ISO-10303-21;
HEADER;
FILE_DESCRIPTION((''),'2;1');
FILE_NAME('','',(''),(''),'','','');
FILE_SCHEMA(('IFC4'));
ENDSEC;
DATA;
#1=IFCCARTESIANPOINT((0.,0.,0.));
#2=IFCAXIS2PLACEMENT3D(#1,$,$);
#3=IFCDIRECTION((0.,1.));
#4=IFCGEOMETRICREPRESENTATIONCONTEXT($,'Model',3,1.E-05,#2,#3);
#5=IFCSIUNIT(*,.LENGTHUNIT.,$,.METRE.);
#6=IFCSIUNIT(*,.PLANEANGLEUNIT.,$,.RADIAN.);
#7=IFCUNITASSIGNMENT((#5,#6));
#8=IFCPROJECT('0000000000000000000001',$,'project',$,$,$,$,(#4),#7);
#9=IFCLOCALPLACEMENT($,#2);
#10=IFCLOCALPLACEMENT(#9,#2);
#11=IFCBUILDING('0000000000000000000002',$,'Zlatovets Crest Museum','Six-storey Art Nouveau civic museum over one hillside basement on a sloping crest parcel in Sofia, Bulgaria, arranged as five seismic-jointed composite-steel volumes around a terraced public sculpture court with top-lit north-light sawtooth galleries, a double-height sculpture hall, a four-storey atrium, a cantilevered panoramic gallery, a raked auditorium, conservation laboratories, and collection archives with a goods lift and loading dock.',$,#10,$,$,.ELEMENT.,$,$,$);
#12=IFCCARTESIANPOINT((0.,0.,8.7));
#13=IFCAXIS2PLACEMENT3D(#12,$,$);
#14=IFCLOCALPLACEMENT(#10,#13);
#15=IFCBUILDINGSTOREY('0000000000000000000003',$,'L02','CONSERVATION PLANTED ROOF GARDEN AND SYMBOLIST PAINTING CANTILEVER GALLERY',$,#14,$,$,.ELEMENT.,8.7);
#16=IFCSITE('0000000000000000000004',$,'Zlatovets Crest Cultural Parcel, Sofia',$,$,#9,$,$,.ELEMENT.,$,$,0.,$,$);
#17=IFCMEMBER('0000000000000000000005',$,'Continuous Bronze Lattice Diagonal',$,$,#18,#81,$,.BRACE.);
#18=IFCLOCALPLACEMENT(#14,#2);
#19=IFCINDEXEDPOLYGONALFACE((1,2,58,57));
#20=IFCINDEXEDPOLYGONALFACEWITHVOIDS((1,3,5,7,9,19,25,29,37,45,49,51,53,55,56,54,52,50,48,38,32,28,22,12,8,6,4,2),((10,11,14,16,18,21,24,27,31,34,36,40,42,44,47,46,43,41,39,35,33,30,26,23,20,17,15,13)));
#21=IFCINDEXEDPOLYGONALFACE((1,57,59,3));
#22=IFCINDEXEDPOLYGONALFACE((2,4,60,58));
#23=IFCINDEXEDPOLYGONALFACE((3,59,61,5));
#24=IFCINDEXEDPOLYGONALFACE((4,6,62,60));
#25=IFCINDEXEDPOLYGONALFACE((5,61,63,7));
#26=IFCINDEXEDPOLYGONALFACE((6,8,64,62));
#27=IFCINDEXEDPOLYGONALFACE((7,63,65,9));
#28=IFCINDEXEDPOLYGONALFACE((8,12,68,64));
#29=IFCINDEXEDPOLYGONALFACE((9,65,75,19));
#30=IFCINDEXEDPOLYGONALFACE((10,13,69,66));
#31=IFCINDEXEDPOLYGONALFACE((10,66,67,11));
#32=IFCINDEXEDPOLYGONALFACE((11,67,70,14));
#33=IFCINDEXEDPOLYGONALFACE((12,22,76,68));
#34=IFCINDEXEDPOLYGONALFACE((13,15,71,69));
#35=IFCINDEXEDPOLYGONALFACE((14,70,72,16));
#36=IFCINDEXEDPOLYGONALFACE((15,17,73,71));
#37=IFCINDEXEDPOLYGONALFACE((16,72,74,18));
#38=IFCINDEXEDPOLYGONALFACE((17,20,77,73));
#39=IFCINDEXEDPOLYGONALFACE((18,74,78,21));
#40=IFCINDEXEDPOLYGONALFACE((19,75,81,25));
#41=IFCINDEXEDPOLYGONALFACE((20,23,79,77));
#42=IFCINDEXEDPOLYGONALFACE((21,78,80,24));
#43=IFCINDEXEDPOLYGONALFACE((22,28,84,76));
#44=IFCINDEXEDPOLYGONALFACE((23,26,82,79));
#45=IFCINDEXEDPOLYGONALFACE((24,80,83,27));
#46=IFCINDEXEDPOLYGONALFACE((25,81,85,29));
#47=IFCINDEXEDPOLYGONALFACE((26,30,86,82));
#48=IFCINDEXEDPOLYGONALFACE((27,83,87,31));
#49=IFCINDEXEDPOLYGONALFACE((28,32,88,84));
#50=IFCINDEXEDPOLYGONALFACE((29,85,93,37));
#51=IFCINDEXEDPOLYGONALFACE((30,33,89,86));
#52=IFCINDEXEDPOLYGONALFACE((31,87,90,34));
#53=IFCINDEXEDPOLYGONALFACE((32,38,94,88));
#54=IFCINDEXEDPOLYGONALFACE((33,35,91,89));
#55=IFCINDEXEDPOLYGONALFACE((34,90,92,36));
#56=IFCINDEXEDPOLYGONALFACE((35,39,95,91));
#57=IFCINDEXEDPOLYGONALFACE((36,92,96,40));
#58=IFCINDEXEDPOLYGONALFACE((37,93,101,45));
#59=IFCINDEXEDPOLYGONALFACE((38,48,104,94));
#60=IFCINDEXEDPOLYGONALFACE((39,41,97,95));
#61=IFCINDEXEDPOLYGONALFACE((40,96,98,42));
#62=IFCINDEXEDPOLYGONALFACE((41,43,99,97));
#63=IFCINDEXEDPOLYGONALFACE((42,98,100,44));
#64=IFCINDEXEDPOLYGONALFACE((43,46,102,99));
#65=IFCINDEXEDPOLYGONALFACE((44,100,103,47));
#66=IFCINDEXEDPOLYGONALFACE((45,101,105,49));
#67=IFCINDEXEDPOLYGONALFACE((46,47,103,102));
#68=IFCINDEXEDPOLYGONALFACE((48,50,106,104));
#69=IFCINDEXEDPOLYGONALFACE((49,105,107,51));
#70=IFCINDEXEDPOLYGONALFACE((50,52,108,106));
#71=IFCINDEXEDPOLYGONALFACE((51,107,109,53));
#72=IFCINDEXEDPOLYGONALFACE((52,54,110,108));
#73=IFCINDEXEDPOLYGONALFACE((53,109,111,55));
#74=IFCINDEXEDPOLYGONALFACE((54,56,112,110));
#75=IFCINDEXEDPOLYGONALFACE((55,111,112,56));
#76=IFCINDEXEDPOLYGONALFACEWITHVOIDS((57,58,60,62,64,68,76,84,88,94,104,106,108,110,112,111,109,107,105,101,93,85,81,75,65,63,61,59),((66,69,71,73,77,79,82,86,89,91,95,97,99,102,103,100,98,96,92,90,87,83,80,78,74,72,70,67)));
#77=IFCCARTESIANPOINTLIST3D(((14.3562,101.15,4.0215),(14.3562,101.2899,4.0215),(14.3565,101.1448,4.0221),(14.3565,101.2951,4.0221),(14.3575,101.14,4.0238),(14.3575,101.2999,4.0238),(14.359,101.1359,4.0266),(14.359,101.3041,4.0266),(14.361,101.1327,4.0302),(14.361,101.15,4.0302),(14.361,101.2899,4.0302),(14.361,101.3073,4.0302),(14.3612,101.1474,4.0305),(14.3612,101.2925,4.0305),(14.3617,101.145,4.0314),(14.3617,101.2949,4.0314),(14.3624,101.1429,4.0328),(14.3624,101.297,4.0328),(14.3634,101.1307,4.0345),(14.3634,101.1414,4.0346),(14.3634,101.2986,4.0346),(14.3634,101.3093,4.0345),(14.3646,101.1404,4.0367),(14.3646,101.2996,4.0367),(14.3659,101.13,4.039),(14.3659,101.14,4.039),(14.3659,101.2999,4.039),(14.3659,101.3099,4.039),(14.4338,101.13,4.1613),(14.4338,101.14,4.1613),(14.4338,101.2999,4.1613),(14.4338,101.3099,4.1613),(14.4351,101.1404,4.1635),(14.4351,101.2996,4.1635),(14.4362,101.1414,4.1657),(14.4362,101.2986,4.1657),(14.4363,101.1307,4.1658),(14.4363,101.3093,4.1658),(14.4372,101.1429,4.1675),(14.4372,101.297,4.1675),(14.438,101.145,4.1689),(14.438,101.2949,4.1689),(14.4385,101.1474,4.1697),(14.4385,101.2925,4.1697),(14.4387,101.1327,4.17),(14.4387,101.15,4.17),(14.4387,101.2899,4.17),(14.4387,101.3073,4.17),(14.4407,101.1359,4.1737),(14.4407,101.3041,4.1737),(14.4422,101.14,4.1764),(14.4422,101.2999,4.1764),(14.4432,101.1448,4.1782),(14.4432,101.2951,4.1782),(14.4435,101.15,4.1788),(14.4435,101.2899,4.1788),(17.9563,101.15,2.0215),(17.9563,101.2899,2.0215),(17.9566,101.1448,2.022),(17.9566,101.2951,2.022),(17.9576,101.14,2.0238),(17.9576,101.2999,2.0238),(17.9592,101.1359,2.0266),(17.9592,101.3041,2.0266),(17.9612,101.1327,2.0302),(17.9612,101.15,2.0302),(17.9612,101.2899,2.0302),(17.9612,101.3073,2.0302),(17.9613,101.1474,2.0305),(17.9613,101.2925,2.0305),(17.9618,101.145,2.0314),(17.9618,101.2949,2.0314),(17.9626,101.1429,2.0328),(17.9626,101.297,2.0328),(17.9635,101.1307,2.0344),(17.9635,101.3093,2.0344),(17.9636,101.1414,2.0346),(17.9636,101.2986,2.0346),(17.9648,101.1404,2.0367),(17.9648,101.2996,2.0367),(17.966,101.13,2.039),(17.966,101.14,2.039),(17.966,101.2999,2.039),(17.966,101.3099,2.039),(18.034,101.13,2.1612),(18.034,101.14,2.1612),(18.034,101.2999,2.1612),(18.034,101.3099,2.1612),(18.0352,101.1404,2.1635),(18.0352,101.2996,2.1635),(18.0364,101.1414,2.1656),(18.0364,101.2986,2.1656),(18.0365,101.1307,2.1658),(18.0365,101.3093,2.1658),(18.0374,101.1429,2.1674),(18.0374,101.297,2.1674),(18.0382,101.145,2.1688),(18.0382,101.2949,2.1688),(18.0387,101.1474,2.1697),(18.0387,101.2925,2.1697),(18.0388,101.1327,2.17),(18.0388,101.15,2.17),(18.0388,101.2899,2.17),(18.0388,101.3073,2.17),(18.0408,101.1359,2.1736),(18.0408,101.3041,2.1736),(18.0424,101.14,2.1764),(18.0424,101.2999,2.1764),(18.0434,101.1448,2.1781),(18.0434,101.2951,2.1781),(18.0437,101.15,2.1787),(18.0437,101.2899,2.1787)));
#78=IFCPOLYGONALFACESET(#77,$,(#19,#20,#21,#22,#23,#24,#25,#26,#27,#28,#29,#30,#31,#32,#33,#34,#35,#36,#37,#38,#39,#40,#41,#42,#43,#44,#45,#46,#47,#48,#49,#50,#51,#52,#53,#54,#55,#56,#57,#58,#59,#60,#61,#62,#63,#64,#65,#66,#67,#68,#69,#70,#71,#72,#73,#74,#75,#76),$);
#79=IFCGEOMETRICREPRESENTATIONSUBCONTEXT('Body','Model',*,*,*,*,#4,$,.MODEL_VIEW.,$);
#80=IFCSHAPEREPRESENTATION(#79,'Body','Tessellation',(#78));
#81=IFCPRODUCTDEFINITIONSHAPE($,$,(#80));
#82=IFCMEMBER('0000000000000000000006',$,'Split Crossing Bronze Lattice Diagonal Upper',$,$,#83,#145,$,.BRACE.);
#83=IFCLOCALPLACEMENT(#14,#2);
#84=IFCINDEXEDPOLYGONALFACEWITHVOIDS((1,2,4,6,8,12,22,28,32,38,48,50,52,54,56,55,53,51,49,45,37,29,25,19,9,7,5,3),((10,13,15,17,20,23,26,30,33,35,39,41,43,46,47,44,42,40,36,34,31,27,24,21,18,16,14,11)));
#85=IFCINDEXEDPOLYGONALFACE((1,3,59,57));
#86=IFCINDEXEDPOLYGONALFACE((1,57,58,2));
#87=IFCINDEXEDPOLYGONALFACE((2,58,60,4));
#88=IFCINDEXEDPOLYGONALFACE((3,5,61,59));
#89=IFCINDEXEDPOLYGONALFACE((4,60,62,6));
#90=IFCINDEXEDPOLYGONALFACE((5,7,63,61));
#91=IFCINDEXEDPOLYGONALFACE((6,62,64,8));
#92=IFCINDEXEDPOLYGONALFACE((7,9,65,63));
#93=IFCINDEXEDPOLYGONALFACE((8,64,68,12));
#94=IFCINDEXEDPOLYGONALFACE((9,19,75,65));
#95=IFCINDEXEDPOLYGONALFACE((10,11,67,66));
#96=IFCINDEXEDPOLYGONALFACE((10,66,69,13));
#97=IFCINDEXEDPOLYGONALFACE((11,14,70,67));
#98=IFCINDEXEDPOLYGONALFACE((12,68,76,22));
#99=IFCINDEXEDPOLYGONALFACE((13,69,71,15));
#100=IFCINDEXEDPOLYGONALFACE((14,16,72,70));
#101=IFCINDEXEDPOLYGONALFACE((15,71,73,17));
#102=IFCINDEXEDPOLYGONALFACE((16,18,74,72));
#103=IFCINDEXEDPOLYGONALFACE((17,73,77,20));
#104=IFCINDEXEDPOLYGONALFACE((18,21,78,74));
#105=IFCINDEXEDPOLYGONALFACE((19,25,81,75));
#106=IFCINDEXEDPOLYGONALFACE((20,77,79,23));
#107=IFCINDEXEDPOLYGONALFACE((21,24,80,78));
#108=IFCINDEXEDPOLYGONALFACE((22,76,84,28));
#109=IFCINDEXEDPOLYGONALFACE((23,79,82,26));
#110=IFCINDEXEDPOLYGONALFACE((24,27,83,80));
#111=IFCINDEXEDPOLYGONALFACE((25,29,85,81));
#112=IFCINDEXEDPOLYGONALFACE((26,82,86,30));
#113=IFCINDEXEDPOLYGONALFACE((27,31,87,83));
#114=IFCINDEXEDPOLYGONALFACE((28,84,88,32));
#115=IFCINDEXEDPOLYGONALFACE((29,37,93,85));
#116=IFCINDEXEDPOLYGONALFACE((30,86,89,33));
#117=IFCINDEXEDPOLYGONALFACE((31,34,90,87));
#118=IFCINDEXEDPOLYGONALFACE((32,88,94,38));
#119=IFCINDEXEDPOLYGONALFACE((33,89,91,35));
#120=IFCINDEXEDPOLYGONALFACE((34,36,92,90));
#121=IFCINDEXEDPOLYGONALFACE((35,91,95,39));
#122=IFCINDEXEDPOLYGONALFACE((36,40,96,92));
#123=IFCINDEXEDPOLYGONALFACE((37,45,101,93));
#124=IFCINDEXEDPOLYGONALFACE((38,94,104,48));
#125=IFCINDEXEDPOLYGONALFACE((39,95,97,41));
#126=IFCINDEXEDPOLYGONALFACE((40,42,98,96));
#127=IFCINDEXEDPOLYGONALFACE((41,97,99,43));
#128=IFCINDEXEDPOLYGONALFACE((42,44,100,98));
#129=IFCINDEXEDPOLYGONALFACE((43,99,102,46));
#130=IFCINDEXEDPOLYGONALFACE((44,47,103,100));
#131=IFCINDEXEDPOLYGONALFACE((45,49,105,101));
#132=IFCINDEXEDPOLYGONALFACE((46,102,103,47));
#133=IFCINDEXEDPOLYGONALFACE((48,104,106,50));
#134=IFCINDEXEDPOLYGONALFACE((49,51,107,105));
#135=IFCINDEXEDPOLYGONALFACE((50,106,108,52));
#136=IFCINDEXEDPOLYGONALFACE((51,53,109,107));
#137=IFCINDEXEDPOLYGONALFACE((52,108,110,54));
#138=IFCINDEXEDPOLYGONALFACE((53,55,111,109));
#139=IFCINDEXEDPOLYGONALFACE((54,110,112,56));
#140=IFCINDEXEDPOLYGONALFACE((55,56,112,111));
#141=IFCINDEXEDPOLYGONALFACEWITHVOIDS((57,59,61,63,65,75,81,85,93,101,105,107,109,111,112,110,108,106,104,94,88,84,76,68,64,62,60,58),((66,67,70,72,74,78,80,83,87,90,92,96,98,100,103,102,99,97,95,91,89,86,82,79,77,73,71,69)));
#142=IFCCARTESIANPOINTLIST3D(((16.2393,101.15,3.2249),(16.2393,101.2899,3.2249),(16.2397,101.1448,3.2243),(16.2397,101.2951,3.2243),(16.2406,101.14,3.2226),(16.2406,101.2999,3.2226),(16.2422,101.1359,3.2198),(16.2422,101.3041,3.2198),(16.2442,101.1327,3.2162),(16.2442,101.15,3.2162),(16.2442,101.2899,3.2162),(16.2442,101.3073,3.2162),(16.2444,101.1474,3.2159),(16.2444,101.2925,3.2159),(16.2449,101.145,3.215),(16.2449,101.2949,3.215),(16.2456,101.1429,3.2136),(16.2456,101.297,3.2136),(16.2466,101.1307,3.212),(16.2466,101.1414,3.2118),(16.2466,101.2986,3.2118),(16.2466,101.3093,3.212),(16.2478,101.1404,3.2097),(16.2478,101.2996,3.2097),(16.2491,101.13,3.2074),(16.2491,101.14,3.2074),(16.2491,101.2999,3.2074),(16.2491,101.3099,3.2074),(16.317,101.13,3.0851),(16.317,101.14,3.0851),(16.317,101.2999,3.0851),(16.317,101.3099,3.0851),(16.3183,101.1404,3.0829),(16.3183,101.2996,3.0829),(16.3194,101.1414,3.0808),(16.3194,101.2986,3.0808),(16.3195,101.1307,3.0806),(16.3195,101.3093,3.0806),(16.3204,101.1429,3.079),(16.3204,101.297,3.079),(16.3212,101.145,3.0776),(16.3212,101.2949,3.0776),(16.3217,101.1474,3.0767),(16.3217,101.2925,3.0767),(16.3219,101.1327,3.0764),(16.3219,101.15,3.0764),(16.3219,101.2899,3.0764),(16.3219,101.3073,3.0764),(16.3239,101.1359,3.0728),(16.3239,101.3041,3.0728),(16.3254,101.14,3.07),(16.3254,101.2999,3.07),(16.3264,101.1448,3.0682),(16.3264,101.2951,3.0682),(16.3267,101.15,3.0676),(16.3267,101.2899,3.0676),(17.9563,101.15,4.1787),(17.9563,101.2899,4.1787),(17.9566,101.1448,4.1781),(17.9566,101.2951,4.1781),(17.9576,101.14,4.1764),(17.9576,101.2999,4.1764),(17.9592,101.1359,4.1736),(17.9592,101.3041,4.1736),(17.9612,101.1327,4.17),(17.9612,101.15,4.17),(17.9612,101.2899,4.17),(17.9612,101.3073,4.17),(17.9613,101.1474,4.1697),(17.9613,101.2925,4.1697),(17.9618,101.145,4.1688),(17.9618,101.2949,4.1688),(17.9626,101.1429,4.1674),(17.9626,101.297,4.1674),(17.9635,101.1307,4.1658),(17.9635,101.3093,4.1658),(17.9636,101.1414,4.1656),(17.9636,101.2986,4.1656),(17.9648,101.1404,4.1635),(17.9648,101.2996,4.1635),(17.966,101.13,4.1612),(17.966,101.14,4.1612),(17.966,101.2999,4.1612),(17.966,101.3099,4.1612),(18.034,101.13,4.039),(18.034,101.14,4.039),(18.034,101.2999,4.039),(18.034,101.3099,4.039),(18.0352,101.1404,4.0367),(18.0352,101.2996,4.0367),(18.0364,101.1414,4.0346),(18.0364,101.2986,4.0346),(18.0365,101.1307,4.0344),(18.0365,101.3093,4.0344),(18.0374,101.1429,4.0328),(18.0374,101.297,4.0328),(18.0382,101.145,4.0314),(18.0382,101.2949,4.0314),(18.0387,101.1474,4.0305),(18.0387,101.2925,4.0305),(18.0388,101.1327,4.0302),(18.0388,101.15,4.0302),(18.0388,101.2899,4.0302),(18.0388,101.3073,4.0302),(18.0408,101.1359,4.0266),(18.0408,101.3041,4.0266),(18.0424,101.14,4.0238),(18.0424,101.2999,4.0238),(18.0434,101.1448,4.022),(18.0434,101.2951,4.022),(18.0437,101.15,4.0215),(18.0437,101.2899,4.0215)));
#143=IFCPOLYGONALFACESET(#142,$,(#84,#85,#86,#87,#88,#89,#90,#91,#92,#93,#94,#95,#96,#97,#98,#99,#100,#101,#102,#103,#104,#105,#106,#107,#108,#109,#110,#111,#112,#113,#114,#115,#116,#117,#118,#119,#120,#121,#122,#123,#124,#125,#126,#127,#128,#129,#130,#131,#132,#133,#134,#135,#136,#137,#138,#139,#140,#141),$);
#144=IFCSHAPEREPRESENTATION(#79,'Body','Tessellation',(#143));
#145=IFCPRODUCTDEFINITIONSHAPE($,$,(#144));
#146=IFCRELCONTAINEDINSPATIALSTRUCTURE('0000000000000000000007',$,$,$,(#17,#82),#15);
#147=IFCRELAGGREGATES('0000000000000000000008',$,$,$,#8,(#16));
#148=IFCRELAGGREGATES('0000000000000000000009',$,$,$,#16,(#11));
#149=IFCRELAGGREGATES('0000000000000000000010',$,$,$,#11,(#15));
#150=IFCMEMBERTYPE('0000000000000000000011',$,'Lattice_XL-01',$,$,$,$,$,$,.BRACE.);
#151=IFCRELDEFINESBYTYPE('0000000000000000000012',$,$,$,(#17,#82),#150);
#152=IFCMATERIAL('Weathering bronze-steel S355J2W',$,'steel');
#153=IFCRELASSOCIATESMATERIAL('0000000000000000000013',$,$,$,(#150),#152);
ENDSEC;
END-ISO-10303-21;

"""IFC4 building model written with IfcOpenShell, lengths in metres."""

from ifc_helpers import new_model, si_unit, direction, frame, origin, origin_2d, place, context, subcontext, project, spatial, hollow_rectangle, extrude, material, material_profile, profile_set, type_object, element, save


model = new_model("IFC4")

# Units and contexts
model_context = context("Model", 3, precision=1e-05, world=origin(), true_north=direction((0.0, 1.0)))
body_context = subcontext(model_context, "Body", "Model", "MODEL_VIEW")
ifc_project = project(units=[si_unit("LENGTHUNIT", "METRE"), si_unit("PLANEANGLEUNIT", "RADIAN")], contexts=[model_context])

# Site, building, storey
site_placement = place(None, origin())
site = spatial("IfcSite", under=ifc_project, at=site_placement, Name="Zlatovets Crest Cultural Parcel, Sofia", CompositionType="ELEMENT", RefElevation=0.0)
building_placement = place(site_placement, origin())
building = spatial("IfcBuilding", under=site, at=building_placement, Name="Zlatovets Crest Museum", Description="Six-storey Art Nouveau civic museum over one hillside basement on a sloping crest parcel in Sofia, Bulgaria, arranged as five seismic-jointed composite-steel volumes around a terraced public sculpture court with top-lit north-light sawtooth galleries, a double-height sculpture hall, a four-storey atrium, a cantilevered panoramic gallery, a raked auditorium, conservation laboratories, and collection archives with a goods lift and loading dock.", CompositionType="ELEMENT")
storey_placement = place(building_placement, frame((0.0, 0.0, 8.7)))
storey = spatial("IfcBuildingStorey", under=building, at=storey_placement, Name="L02", Description="CONSERVATION PLANTED ROOF GARDEN AND SYMBOLIST PAINTING CANTILEVER GALLERY", CompositionType="ELEMENT", Elevation=8.7)

# Members
ifc_material_1 = material(Name="Weathering bronze-steel S355J2W", Category="steel")
ifc_material_profile_1 = material_profile(ifc_material_1, hollow_rectangle(XDim=0.1799, YDim=0.1799, WallThickness=0.01, InnerFilletRadius=0.01, OuterFilletRadius=0.02, at=origin_2d()), Name="SHS 180x180x10.0")
ifc_profile_set_1 = profile_set([ifc_material_profile_1], Name="Weathering bronze-steel S355J2W")
member_type_1 = type_object("IfcMemberType", Name="Lattice_XL-01", PredefinedType="BRACE", material=ifc_profile_set_1)
member_1_placement = place(storey_placement, frame((18.0, 101.22, 2.1001), z_axis=(-0.874163, 0.0, 0.485633), x_axis=(0.0, -1.0, 0.0)))
element("IfcMember", 1, at=member_1_placement, inside=storey, type_object=member_type_1, Name="Continuous Bronze Lattice Diagonal", PredefinedType="BRACE", context=body_context, shape_type="SweptSolid", body=[
    extrude(hollow_rectangle(XDim=0.1799, YDim=0.1799, WallThickness=0.01, InnerFilletRadius=0.01, OuterFilletRadius=0.02, at=origin_2d()), origin(), (0.0, 0.0, 1.0), 4.1184),
])
for number, where, z_axis, x_axis, name in (
    (2, (18.0, 101.22, 4.1001), (-0.874169, 0.0, -0.485622), (0.0, -1.0, 0.0), "Split Crossing Bronze Lattice Diagonal Upper"),
):
    element("IfcMember", number, at=place(storey_placement, frame(where, z_axis=z_axis, x_axis=x_axis)), inside=storey, type_object=member_type_1, Name=name, PredefinedType="BRACE", context=body_context, shape_type="SweptSolid", body=[
        extrude(hollow_rectangle(XDim=0.1799, YDim=0.1799, WallThickness=0.01, InnerFilletRadius=0.01, OuterFilletRadius=0.02, at=origin_2d()), origin(), (0.0, 0.0, 1.0), 1.9641),
    ])

save(model, "model.ifc")
